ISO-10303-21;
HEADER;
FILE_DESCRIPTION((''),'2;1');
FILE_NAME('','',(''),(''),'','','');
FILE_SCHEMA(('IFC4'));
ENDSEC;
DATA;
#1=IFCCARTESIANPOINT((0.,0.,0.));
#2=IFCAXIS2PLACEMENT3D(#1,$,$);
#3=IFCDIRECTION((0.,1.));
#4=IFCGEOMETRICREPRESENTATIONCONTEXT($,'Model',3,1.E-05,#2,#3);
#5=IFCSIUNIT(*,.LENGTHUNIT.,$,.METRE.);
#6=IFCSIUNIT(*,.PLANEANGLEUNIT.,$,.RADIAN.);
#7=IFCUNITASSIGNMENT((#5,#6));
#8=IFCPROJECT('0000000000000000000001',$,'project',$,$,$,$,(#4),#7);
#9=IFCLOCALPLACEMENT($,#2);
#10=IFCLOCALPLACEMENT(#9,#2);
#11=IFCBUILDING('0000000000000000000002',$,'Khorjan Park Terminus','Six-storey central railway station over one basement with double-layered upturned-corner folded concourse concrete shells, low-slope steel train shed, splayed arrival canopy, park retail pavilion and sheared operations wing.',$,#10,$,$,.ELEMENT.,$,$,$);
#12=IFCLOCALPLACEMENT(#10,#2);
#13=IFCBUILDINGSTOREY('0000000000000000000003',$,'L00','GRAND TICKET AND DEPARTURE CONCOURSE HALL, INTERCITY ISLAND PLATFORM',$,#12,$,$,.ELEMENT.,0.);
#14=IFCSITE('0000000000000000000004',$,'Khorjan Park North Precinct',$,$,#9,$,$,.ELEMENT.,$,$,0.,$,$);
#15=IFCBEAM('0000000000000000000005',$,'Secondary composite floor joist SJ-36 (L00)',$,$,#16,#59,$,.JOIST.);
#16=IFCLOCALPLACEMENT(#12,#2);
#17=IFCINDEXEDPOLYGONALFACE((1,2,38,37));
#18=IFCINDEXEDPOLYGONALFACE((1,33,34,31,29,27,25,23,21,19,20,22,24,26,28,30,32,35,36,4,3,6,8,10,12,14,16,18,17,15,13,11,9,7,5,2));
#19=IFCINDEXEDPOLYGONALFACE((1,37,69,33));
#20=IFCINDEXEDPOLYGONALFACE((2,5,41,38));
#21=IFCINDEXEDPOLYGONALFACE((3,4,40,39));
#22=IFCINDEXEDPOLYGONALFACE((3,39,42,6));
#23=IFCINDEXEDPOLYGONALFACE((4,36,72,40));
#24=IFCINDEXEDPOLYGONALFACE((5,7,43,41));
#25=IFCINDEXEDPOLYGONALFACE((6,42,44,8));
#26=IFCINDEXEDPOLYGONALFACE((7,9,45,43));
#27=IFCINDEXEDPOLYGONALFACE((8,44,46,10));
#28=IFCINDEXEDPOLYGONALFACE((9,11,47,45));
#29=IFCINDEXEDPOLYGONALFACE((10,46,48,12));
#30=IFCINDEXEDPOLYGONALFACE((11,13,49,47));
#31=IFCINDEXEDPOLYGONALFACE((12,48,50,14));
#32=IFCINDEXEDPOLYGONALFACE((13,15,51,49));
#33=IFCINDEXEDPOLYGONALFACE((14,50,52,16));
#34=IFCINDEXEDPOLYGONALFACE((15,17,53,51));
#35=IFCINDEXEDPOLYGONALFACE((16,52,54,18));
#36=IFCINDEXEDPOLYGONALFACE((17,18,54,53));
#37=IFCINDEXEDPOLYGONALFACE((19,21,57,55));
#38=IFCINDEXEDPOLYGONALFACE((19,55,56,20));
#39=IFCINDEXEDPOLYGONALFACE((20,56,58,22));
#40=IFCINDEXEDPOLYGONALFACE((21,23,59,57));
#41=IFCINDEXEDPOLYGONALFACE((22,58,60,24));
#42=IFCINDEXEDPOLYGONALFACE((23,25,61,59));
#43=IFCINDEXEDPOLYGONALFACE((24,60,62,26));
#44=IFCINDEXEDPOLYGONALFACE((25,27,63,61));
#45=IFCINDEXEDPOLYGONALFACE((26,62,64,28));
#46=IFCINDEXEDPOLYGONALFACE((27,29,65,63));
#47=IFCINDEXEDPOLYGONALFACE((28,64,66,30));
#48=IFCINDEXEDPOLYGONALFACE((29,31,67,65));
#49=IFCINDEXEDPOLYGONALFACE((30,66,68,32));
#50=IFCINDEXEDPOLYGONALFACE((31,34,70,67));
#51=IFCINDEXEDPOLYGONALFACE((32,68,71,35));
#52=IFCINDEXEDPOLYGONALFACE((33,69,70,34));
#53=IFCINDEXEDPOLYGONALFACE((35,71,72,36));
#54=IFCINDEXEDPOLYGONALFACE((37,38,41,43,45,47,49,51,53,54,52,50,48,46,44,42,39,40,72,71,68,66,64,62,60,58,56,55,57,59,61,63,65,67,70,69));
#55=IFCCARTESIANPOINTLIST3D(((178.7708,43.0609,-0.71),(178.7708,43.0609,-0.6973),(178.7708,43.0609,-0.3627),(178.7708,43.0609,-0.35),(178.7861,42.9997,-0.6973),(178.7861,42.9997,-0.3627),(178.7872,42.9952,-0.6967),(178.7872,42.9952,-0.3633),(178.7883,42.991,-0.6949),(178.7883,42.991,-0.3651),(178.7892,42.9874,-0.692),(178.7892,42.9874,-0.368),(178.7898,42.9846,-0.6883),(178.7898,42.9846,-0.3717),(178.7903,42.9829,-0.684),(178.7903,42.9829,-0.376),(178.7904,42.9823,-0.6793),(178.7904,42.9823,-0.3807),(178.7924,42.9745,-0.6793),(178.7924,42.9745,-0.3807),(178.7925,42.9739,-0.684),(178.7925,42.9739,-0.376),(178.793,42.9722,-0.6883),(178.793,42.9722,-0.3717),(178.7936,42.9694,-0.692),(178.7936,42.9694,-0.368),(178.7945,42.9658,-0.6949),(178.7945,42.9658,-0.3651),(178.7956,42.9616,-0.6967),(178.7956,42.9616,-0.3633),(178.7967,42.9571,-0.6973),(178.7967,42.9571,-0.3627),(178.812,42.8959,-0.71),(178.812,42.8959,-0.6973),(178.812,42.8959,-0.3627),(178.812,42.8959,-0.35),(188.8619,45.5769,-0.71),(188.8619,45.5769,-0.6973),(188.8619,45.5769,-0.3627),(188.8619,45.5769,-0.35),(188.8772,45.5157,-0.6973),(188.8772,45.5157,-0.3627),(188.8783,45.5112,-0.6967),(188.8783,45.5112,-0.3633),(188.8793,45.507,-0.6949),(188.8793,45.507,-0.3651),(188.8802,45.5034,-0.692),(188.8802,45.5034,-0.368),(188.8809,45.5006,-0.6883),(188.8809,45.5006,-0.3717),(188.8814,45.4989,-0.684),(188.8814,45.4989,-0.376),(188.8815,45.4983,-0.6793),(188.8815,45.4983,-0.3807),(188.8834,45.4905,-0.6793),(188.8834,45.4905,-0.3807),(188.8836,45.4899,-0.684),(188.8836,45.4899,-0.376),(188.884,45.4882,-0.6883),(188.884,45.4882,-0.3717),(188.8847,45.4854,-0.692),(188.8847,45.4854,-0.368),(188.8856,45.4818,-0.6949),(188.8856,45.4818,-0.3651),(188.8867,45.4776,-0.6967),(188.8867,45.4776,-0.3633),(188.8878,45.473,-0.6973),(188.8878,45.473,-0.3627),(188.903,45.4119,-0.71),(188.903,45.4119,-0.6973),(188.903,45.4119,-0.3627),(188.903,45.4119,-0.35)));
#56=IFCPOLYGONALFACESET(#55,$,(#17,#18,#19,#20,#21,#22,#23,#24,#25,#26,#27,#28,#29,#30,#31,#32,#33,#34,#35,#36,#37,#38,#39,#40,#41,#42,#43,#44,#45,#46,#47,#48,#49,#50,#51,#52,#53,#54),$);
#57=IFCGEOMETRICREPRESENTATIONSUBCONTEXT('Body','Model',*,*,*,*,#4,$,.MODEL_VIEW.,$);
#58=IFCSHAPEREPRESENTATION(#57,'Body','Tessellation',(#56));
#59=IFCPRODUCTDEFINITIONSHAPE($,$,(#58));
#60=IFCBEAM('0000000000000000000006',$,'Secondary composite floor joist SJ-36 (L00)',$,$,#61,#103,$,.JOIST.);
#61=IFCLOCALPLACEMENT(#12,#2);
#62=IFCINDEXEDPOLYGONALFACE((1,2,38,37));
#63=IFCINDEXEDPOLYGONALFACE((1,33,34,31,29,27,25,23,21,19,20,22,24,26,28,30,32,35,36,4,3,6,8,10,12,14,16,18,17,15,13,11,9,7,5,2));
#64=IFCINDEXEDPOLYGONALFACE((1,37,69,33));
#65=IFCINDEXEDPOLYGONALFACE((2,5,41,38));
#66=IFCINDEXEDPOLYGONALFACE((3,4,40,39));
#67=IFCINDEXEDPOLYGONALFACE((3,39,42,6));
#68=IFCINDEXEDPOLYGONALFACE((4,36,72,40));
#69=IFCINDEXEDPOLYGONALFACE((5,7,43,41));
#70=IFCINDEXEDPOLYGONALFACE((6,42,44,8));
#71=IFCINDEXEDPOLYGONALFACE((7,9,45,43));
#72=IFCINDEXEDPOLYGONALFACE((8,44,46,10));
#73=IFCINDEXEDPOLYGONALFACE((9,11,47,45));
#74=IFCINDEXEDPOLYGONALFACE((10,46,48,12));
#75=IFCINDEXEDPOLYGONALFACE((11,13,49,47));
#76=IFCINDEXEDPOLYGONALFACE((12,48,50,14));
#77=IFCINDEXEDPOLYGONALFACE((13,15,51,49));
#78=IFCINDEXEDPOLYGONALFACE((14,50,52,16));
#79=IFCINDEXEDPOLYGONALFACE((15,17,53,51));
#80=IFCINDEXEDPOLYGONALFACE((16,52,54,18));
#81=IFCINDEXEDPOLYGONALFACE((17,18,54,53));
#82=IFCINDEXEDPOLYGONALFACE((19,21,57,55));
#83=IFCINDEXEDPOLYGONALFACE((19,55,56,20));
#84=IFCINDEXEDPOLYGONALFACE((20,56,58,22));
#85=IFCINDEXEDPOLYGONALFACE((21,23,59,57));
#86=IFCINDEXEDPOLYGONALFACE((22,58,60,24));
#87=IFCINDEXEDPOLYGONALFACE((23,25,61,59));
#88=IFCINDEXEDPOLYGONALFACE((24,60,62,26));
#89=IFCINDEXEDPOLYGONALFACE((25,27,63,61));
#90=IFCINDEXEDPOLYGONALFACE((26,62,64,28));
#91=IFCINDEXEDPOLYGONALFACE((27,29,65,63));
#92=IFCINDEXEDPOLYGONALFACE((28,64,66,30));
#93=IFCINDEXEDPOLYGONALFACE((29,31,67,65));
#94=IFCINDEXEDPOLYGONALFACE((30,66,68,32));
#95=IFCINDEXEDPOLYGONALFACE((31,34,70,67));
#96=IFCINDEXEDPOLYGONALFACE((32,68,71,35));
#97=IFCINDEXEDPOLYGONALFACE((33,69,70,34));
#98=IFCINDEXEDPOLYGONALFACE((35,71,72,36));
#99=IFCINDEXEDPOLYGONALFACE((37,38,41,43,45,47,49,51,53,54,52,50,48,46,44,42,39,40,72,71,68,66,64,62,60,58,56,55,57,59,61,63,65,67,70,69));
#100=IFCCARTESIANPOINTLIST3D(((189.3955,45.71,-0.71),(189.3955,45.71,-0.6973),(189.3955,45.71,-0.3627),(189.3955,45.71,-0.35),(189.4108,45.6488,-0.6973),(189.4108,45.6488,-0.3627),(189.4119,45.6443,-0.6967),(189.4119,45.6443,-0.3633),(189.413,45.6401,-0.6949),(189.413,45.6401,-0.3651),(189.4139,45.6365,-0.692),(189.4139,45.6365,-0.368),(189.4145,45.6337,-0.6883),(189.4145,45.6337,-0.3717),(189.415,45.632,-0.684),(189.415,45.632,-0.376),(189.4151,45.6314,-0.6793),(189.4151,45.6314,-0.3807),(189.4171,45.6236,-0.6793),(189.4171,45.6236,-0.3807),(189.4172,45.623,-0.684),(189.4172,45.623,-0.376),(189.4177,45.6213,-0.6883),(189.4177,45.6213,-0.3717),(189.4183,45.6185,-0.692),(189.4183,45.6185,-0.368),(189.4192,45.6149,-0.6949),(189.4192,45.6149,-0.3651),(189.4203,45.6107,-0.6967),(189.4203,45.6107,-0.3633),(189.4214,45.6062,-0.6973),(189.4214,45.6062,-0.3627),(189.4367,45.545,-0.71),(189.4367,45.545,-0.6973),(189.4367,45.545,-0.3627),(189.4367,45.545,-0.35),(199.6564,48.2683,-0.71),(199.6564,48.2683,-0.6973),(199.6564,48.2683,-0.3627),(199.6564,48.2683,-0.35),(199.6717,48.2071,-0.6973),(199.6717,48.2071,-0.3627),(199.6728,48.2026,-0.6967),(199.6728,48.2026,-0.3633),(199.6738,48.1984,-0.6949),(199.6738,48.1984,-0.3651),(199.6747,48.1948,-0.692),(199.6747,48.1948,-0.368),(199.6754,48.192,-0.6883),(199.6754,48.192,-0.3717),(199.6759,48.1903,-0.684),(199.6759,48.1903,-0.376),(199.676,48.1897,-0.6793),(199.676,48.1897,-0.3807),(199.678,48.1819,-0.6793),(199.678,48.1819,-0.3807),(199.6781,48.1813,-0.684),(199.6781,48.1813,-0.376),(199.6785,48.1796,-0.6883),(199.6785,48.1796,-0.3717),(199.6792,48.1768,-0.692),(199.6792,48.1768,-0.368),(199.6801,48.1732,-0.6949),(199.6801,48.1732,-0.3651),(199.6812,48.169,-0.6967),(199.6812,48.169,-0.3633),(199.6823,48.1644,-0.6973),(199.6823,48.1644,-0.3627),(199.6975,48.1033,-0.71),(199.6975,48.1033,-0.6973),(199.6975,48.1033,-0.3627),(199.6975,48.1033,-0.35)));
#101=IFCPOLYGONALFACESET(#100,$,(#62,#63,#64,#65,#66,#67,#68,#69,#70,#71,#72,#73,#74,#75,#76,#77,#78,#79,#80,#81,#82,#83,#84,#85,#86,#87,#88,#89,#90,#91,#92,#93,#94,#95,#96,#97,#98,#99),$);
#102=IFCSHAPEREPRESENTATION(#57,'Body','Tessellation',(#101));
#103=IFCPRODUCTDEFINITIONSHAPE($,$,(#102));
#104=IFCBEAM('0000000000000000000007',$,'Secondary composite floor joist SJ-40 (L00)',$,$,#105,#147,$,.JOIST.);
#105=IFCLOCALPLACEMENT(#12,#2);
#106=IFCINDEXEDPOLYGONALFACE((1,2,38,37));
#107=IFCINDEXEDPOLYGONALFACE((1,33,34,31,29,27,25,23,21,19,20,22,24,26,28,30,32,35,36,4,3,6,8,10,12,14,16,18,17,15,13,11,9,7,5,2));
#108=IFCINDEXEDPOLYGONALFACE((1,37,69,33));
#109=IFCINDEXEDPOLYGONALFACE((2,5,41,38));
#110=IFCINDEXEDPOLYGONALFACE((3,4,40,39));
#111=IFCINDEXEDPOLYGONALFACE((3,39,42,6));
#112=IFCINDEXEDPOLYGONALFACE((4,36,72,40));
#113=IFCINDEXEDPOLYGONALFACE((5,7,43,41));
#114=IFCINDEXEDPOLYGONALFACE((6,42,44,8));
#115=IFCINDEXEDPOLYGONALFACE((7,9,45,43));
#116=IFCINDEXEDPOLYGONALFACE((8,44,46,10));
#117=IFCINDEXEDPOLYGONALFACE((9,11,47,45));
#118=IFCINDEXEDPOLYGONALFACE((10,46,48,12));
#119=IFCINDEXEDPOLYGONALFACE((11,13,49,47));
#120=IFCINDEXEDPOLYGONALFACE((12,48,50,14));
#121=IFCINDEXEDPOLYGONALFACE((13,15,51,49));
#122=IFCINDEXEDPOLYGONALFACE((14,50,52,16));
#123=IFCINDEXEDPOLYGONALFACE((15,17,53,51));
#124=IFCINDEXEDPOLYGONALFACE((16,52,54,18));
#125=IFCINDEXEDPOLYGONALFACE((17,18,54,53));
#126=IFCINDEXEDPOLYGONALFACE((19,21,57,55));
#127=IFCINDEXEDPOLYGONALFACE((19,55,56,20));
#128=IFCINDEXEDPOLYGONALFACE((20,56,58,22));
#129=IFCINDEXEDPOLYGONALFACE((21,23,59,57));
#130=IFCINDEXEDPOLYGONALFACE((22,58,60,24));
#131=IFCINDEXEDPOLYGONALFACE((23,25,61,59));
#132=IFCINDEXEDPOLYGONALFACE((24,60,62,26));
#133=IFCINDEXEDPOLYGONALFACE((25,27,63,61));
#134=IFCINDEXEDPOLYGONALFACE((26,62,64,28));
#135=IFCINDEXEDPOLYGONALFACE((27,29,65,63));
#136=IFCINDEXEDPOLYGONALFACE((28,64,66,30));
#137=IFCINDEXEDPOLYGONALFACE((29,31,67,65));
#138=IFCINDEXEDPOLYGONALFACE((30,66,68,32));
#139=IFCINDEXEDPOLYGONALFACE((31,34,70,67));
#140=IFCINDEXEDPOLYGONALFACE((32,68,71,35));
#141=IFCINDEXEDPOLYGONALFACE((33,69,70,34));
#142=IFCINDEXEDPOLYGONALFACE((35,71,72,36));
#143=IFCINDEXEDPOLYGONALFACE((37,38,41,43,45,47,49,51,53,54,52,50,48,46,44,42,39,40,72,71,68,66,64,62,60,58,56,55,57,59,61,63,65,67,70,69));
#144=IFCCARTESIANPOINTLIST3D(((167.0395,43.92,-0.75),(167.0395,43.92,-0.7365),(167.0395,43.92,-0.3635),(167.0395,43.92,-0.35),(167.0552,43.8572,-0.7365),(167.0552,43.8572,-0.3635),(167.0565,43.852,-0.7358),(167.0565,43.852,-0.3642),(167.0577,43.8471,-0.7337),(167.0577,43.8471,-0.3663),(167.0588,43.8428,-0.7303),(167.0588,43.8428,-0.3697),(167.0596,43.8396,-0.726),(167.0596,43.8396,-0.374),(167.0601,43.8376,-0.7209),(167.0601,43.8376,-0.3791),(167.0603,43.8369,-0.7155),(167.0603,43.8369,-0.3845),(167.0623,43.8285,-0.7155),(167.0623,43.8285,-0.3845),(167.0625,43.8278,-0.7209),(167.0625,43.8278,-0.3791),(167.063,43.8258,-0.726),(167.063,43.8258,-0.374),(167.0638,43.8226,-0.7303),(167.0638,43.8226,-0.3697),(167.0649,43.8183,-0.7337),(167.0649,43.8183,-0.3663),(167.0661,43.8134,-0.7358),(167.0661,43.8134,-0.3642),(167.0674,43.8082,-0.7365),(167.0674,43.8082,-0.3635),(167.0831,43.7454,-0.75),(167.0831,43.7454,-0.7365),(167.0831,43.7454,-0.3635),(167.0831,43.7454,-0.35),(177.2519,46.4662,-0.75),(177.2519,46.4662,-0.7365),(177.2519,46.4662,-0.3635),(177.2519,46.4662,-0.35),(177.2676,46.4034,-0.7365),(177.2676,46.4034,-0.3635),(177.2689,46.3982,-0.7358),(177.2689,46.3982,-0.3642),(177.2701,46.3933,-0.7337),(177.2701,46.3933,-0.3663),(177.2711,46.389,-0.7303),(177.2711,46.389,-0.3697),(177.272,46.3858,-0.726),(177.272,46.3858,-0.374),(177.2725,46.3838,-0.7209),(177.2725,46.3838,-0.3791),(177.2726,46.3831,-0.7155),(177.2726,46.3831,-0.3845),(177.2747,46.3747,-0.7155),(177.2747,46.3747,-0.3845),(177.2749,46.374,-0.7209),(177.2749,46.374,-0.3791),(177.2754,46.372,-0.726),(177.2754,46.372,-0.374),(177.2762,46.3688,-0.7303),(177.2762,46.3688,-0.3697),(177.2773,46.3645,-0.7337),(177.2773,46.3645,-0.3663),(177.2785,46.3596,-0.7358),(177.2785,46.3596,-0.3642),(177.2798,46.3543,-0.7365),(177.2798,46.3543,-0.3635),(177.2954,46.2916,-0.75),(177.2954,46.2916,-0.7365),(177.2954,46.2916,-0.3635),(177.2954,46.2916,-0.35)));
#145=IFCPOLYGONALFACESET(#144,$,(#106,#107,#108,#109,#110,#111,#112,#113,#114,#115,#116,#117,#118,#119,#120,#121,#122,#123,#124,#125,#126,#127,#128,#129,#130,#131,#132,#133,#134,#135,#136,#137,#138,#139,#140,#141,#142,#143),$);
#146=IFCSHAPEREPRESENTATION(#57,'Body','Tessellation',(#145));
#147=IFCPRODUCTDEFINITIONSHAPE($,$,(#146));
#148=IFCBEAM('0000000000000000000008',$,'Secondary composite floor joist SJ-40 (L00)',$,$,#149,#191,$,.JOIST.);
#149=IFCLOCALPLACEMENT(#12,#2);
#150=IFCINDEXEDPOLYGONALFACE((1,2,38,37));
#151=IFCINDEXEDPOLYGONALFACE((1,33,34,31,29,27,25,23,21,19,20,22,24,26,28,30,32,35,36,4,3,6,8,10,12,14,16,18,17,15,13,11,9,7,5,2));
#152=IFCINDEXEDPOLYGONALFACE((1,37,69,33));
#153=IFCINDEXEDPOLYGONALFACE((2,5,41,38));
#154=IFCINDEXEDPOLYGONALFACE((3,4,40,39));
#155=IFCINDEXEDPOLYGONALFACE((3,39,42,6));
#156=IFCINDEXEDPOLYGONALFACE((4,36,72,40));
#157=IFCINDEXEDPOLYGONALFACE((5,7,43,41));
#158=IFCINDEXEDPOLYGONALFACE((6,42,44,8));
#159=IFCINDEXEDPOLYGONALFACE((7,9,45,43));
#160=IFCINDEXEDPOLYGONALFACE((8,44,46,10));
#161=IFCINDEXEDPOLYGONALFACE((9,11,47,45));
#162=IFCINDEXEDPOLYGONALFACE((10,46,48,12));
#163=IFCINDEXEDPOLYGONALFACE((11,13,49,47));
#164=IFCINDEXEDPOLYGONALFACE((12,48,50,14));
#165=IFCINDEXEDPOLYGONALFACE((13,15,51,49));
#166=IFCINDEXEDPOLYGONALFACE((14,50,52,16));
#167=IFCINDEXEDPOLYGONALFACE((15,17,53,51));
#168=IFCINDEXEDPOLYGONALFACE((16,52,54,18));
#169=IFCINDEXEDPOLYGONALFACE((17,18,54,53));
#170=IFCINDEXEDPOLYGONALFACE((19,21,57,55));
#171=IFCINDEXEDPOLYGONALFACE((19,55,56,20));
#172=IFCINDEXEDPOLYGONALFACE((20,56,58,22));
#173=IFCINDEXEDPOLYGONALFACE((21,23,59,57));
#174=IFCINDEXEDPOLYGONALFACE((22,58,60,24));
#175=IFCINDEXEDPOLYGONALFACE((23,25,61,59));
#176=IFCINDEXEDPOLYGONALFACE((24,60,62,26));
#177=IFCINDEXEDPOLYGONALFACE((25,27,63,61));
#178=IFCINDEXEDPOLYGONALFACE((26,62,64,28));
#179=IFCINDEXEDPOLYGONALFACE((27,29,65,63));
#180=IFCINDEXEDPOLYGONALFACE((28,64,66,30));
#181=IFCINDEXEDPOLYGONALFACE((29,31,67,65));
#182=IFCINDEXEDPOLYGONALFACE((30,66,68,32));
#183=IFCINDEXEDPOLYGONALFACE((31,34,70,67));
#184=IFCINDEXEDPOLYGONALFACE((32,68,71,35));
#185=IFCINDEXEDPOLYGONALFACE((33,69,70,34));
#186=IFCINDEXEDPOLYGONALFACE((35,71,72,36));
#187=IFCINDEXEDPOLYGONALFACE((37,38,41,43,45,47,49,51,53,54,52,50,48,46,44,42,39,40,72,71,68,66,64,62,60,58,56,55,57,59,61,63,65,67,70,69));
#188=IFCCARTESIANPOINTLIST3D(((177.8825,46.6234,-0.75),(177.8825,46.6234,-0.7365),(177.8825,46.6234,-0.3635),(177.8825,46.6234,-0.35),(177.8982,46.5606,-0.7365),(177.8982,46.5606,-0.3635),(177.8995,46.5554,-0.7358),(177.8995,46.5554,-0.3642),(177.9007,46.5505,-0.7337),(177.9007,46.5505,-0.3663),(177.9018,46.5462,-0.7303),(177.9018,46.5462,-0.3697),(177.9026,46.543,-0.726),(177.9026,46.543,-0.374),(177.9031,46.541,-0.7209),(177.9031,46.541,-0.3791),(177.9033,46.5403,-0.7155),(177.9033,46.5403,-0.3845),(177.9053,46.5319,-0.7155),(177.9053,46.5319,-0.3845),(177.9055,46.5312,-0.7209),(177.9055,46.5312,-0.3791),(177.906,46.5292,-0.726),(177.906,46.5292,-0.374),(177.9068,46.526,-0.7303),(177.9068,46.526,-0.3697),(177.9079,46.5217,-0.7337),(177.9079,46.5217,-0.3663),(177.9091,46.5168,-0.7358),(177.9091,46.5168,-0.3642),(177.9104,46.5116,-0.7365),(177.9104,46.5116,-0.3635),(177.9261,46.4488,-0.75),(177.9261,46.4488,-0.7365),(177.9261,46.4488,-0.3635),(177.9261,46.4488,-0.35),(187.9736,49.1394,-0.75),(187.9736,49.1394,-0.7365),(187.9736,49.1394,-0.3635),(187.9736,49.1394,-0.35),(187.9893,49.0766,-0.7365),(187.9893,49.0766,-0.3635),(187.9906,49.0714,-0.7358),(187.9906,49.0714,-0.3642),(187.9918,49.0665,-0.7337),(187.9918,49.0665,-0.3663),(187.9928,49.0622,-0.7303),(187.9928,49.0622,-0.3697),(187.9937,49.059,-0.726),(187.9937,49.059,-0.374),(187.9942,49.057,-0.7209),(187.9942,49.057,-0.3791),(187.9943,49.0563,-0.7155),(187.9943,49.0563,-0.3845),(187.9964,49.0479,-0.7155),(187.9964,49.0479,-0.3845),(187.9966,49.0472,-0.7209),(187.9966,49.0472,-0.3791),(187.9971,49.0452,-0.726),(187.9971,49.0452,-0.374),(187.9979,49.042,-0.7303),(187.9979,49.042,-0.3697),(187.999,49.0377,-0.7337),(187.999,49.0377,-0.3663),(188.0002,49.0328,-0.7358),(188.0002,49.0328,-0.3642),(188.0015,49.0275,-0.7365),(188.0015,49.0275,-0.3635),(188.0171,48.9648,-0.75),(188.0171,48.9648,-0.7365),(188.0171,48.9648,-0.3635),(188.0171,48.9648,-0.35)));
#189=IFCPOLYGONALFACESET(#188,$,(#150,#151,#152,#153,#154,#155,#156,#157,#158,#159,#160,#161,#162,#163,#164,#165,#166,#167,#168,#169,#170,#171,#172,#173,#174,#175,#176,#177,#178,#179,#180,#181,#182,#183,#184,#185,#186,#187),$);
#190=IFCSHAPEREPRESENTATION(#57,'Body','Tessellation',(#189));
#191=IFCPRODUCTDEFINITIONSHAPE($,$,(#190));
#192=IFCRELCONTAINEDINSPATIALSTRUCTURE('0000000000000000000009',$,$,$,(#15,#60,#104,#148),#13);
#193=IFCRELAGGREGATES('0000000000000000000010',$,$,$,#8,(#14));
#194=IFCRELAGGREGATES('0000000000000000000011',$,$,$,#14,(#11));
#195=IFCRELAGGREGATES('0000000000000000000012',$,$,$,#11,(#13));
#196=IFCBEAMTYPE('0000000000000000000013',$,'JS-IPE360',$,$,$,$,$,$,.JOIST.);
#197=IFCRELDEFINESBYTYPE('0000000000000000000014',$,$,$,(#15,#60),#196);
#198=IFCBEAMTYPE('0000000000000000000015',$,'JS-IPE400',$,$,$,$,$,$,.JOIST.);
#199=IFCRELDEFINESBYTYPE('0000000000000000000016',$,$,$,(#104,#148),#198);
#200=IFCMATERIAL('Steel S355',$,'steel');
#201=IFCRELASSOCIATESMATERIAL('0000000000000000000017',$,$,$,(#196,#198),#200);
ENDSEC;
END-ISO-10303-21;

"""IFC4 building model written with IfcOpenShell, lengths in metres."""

from ifc_helpers import new_model, si_unit, direction, frame, origin, origin_2d, place, context, subcontext, project, spatial, i_section, extrude, material, material_profile, profile_set, type_object, element, save


model = new_model("IFC4")

# Units and contexts
model_context = context("Model", 3, precision=1e-05, world=origin(), true_north=direction((0.0, 1.0)))
body_context = subcontext(model_context, "Body", "Model", "MODEL_VIEW")
ifc_project = project(units=[si_unit("LENGTHUNIT", "METRE"), si_unit("PLANEANGLEUNIT", "RADIAN")], contexts=[model_context])

# Site, building, storey
site_placement = place(None, origin())
site = spatial("IfcSite", under=ifc_project, at=site_placement, Name="Khorjan Park North Precinct", CompositionType="ELEMENT", RefElevation=0.0)
building_placement = place(site_placement, origin())
building = spatial("IfcBuilding", under=site, at=building_placement, Name="Khorjan Park Terminus", Description="Six-storey central railway station over one basement with double-layered upturned-corner folded concourse concrete shells, low-slope steel train shed, splayed arrival canopy, park retail pavilion and sheared operations wing.", CompositionType="ELEMENT")
storey_placement = place(building_placement, origin())
storey = spatial("IfcBuildingStorey", under=building, at=storey_placement, Name="L00", Description="GRAND TICKET AND DEPARTURE CONCOURSE HALL, INTERCITY ISLAND PLATFORM", CompositionType="ELEMENT", Elevation=0.0)

# Beams
ifc_material_1 = material(Name="Steel S355", Category="steel")
ifc_material_profile_1 = material_profile(ifc_material_1, i_section(OverallWidth=0.17, OverallDepth=0.36, WebThickness=0.008, FlangeThickness=0.0127, FilletRadius=0.018, at=origin_2d()), Name="IPE 360")
ifc_profile_set_1 = profile_set([ifc_material_profile_1], Name="Steel S355")
beam_type_1 = type_object("IfcBeamType", Name="JS-IPE360", PredefinedType="JOIST", material=ifc_profile_set_1)
beam_1_placement = place(storey_placement, frame((178.7914, 42.9784, -0.53), z_axis=(0.970296, 0.241922, 0.0), x_axis=(-0.241922, 0.970296, 0.0)))
element("IfcBeam", 1, at=beam_1_placement, inside=storey, type_object=beam_type_1, Name="Secondary composite floor joist SJ-36 (L00)", PredefinedType="JOIST", context=body_context, shape_type="SweptSolid", body=[
    extrude(i_section(OverallWidth=0.17, OverallDepth=0.36, WebThickness=0.008, FlangeThickness=0.0127, FilletRadius=0.018, at=origin_2d()), origin(), (0.0, 0.0, 1.0), 10.4),
])
beam_2_placement = place(storey_placement, frame((189.4161, 45.6275, -0.53), z_axis=(0.970296, 0.241919, 0.0), x_axis=(-0.241919, 0.970296, 0.0)))
element("IfcBeam", 2, at=beam_2_placement, inside=storey, type_object=beam_type_1, Name="Secondary composite floor joist SJ-36 (L00)", PredefinedType="JOIST", context=body_context, shape_type="SweptSolid", body=[
    extrude(i_section(OverallWidth=0.17, OverallDepth=0.36, WebThickness=0.008, FlangeThickness=0.0127, FilletRadius=0.018, at=origin_2d()), origin(), (0.0, 0.0, 1.0), 10.575),
])
ifc_material_profile_2 = material_profile(ifc_material_1, i_section(OverallWidth=0.18, OverallDepth=0.4, WebThickness=0.0086, FlangeThickness=0.0135, FilletRadius=0.021, at=origin_2d()), Name="IPE 400")
ifc_profile_set_2 = profile_set([ifc_material_profile_2], Name="Steel S355")
beam_type_2 = type_object("IfcBeamType", Name="JS-IPE400", PredefinedType="JOIST", material=ifc_profile_set_2)
beam_3_placement = place(storey_placement, frame((167.0613, 43.8327, -0.55), z_axis=(0.970297, 0.241919, 0.0), x_axis=(-0.241919, 0.970297, 0.0)))
element("IfcBeam", 3, at=beam_3_placement, inside=storey, type_object=beam_type_2, Name="Secondary composite floor joist SJ-40 (L00)", PredefinedType="JOIST", context=body_context, shape_type="SweptSolid", body=[
    extrude(i_section(OverallWidth=0.18, OverallDepth=0.4, WebThickness=0.0086, FlangeThickness=0.0135, FilletRadius=0.021, at=origin_2d()), origin(), (0.0, 0.0, 1.0), 10.525),
])
beam_4_placement = place(storey_placement, frame((177.9043, 46.5361, -0.55), z_axis=(0.970296, 0.241922, 0.0), x_axis=(-0.241922, 0.970296, 0.0)))
element("IfcBeam", 4, at=beam_4_placement, inside=storey, type_object=beam_type_2, Name="Secondary composite floor joist SJ-40 (L00)", PredefinedType="JOIST", context=body_context, shape_type="SweptSolid", body=[
    extrude(i_section(OverallWidth=0.18, OverallDepth=0.4, WebThickness=0.0086, FlangeThickness=0.0135, FilletRadius=0.021, at=origin_2d()), origin(), (0.0, 0.0, 1.0), 10.4),
])

save(model, "model.ifc")
